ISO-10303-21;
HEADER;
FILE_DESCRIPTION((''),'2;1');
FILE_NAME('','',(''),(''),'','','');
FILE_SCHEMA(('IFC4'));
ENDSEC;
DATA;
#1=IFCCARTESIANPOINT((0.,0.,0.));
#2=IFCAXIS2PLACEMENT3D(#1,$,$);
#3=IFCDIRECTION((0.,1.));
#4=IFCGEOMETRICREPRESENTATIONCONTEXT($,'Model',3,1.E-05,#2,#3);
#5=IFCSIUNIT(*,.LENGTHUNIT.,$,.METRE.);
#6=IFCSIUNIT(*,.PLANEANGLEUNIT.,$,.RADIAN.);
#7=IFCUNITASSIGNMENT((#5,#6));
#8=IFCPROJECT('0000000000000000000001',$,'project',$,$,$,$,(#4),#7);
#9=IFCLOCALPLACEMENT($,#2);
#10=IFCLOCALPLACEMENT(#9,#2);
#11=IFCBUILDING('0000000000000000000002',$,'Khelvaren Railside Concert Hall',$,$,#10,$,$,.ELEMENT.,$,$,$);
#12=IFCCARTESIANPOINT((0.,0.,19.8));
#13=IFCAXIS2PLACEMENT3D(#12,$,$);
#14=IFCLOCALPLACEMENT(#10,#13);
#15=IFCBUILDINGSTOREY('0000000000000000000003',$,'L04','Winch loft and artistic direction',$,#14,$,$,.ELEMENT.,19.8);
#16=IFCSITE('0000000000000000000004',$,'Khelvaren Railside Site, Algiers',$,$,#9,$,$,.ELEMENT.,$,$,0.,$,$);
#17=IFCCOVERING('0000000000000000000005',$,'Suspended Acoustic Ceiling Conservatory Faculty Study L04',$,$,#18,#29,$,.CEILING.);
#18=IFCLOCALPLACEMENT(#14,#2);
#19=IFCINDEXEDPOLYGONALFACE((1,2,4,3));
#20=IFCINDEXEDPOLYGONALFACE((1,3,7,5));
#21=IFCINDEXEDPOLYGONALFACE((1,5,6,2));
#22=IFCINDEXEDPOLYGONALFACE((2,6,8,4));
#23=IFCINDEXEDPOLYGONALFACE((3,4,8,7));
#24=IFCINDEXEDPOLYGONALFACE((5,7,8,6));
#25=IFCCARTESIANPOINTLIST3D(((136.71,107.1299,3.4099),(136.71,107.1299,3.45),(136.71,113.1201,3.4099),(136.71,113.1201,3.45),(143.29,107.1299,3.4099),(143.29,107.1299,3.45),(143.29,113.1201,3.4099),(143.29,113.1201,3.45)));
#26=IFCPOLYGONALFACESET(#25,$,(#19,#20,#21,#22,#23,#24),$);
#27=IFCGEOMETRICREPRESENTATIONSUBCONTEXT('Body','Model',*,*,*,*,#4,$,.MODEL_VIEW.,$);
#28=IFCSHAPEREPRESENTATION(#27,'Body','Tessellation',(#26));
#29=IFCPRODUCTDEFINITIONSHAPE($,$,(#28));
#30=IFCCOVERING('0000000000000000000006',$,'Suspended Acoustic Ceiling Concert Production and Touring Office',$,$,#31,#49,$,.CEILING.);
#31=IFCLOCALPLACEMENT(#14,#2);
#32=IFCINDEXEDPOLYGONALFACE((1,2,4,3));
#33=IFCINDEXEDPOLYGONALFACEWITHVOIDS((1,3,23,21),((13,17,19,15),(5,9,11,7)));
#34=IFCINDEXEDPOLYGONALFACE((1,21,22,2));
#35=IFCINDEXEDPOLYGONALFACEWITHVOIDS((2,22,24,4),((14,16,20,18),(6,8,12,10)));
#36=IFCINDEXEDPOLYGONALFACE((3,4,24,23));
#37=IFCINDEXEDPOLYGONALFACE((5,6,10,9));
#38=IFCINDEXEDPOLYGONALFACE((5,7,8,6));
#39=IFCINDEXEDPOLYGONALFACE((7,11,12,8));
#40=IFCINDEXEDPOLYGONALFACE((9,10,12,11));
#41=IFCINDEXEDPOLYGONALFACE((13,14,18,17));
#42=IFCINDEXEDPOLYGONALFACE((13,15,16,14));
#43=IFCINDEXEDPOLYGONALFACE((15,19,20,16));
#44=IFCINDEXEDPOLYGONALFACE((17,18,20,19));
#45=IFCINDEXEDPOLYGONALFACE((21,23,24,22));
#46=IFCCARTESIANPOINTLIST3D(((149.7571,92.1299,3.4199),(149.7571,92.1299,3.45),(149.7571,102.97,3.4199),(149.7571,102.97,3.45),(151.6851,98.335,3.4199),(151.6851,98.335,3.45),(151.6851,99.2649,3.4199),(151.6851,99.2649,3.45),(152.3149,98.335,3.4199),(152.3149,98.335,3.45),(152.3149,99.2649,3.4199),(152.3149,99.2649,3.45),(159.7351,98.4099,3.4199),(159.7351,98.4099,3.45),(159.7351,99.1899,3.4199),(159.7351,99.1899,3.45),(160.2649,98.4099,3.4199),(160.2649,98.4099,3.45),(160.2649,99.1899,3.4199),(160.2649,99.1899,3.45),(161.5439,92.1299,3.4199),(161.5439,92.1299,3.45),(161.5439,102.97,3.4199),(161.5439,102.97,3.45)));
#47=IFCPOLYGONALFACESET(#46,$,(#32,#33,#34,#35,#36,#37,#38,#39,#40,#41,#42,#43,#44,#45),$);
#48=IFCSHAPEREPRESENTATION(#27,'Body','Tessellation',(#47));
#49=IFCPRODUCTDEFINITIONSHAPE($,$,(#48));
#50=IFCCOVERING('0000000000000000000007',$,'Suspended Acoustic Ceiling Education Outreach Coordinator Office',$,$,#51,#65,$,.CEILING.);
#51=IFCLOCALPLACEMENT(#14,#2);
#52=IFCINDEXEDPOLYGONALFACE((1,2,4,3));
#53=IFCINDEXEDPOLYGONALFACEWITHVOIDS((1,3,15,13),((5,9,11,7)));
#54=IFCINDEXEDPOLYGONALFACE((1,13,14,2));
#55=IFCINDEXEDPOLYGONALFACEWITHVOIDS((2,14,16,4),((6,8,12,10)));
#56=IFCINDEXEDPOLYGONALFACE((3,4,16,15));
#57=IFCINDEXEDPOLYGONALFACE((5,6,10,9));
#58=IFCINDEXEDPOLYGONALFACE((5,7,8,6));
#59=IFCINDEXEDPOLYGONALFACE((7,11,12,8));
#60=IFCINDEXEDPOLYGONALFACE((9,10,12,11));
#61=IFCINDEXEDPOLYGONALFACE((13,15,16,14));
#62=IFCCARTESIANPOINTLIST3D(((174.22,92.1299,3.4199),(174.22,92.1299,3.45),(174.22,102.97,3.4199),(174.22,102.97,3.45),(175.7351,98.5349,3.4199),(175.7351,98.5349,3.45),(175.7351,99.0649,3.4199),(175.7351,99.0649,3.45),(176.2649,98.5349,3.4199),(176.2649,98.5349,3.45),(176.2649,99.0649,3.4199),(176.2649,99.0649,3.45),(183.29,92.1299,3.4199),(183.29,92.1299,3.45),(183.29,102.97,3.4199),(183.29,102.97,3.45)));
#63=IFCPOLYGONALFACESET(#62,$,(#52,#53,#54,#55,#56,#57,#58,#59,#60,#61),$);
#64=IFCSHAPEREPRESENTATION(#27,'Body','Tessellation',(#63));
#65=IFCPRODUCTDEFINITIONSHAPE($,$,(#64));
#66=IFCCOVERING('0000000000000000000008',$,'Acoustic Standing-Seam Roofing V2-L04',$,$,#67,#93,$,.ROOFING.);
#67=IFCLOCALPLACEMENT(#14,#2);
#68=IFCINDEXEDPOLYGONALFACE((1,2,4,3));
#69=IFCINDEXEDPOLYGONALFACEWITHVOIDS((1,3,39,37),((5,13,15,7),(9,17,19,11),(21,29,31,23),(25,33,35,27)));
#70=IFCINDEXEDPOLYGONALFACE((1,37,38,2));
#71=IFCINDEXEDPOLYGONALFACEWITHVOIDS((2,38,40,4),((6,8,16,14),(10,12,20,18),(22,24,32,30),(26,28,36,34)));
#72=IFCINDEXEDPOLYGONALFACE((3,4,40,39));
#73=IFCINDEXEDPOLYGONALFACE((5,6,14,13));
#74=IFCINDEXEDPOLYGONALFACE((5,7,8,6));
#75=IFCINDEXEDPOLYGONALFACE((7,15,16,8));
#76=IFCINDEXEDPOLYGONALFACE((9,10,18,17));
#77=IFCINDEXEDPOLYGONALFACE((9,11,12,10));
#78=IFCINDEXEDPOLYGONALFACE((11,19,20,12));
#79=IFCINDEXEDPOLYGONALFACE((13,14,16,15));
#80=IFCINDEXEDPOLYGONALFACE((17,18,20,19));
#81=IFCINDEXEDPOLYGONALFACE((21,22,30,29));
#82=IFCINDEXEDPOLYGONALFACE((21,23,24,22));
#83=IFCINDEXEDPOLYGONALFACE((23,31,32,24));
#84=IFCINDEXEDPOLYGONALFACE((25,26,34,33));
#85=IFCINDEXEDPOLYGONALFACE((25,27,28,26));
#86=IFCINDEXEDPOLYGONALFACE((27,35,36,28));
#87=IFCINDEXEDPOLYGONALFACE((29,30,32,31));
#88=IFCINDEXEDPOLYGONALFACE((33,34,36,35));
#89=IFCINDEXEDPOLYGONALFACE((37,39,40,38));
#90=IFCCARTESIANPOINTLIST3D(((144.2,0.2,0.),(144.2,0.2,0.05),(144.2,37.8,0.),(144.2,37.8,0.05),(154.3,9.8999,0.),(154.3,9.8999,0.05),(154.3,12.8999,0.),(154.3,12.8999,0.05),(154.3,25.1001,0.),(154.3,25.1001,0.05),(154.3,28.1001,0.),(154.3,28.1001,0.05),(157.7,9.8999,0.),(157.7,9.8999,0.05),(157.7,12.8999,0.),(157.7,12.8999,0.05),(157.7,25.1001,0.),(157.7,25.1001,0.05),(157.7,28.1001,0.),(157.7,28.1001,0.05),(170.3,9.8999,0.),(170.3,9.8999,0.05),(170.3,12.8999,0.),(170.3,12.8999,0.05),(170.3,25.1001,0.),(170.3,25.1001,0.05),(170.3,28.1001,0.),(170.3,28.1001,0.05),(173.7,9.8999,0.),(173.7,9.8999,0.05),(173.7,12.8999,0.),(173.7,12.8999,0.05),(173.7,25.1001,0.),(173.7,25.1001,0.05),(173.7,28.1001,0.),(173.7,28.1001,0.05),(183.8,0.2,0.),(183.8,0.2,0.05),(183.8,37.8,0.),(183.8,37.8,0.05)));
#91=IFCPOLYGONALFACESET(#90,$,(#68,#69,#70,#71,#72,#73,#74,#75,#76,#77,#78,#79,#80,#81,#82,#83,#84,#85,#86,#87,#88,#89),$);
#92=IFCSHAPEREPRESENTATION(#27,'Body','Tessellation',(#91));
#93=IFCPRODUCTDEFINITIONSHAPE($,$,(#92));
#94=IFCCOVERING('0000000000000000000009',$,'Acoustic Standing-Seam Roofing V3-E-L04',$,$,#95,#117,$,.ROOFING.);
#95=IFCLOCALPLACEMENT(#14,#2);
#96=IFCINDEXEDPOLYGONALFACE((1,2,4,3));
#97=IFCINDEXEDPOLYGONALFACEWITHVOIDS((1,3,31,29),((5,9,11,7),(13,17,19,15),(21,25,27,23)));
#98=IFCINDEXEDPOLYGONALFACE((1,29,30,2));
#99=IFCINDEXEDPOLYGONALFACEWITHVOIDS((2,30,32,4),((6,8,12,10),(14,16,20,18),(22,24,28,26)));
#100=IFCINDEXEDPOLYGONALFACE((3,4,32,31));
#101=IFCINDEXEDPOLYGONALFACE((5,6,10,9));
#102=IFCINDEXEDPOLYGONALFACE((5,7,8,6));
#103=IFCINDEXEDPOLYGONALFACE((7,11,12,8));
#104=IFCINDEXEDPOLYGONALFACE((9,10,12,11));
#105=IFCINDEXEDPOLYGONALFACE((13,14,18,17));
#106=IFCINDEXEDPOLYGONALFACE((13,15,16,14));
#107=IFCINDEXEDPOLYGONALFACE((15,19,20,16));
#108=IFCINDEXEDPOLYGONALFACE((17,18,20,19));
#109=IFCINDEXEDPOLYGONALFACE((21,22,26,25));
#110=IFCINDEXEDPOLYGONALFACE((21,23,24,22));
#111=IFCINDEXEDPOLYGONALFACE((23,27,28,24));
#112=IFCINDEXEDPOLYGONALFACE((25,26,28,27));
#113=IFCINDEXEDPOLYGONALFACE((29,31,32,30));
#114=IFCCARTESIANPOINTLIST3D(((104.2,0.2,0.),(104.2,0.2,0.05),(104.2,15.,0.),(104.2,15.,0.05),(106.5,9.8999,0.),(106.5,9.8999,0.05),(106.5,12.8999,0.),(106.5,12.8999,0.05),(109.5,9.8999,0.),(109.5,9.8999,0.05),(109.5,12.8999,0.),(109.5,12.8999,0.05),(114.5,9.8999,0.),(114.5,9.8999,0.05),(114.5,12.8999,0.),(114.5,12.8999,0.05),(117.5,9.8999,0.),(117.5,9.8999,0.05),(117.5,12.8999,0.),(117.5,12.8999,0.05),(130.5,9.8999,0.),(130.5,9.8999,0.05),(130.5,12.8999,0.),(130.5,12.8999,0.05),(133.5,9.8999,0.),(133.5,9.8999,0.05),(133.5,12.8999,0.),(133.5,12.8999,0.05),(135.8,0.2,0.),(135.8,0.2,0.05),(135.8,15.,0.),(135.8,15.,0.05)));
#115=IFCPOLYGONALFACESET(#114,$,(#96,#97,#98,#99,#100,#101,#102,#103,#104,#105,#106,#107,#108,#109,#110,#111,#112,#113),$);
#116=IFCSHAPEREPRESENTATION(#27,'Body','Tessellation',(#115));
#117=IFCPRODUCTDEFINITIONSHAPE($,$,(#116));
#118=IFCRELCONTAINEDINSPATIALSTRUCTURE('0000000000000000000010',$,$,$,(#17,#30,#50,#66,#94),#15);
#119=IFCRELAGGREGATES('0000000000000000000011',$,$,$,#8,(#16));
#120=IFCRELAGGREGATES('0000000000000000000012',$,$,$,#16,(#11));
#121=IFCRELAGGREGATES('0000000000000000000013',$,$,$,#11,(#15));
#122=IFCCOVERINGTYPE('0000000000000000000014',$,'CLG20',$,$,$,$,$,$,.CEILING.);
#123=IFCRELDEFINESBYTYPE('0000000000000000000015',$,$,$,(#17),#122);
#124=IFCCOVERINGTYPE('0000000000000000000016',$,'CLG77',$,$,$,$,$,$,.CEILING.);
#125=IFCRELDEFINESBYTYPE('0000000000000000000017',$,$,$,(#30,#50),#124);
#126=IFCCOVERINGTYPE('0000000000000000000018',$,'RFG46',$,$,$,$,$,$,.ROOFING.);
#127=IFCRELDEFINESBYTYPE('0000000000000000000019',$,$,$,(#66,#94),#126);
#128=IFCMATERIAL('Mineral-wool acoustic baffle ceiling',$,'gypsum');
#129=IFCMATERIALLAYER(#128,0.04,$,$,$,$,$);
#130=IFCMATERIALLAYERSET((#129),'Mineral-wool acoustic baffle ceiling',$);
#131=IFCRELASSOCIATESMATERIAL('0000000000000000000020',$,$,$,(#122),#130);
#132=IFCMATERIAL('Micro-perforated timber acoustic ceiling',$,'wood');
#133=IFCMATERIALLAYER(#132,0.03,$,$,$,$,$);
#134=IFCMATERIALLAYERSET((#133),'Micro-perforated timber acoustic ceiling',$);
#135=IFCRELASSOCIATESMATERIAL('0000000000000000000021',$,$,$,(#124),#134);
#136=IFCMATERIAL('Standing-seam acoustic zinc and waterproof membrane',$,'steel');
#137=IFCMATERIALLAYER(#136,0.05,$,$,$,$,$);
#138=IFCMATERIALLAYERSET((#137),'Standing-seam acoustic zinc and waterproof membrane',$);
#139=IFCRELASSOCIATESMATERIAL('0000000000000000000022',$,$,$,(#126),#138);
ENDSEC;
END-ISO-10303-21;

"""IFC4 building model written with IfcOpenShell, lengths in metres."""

from ifc_helpers import new_model, si_unit, direction, frame, origin, place, context, subcontext, project, spatial, polyline, outline, extrude, material, layer, layer_set, type_object, element, save


model = new_model("IFC4")

# Units and contexts
model_context = context("Model", 3, precision=1e-05, world=origin(), true_north=direction((0.0, 1.0)))
body_context = subcontext(model_context, "Body", "Model", "MODEL_VIEW")
ifc_project = project(units=[si_unit("LENGTHUNIT", "METRE"), si_unit("PLANEANGLEUNIT", "RADIAN")], contexts=[model_context])

# Site, building, storey
site_placement = place(None, origin())
site = spatial("IfcSite", under=ifc_project, at=site_placement, Name="Khelvaren Railside Site, Algiers", CompositionType="ELEMENT", RefElevation=0.0)
building_placement = place(site_placement, origin())
building = spatial("IfcBuilding", under=site, at=building_placement, Name="Khelvaren Railside Concert Hall", CompositionType="ELEMENT")
storey_placement = place(building_placement, frame((0.0, 0.0, 19.8)))
storey = spatial("IfcBuildingStorey", under=building, at=storey_placement, Name="L04", Description="Winch loft and artistic direction", CompositionType="ELEMENT", Elevation=19.8)

# Coverings
ifc_material_1 = material(Name="Mineral-wool acoustic baffle ceiling", Category="gypsum")
ifc_layer_1 = layer(ifc_material_1, 0.04)
ifc_layer_set_1 = layer_set([ifc_layer_1], Name="Mineral-wool acoustic baffle ceiling")
covering_type_1 = type_object("IfcCoveringType", Name="CLG20", PredefinedType="CEILING", material=ifc_layer_set_1)
covering_1_placement = place(storey_placement, frame((0.0, 0.0, 3.4099)))
element("IfcCovering", 1, at=covering_1_placement, inside=storey, type_object=covering_type_1, Name="Suspended Acoustic Ceiling Conservatory Faculty Study L04", PredefinedType="CEILING", context=body_context, shape_type="SweptSolid", body=[
    extrude(outline(polyline([(136.71, 107.1299), (143.29, 107.1299), (143.29, 113.1201), (136.71, 113.1201), (136.71, 107.1299)])), origin(), (0.0, 0.0, 1.0), 0.04),
])
ifc_material_2 = material(Name="Micro-perforated timber acoustic ceiling", Category="wood")
ifc_layer_2 = layer(ifc_material_2, 0.03)
ifc_layer_set_2 = layer_set([ifc_layer_2], Name="Micro-perforated timber acoustic ceiling")
covering_type_2 = type_object("IfcCoveringType", Name="CLG77", PredefinedType="CEILING", material=ifc_layer_set_2)
covering_2_placement = place(storey_placement, frame((0.0, 0.0, 3.4199)))
element("IfcCovering", 2, at=covering_2_placement, inside=storey, type_object=covering_type_2, Name="Suspended Acoustic Ceiling Concert Production and Touring Office", PredefinedType="CEILING", context=body_context, shape_type="SweptSolid", body=[
    extrude(outline(polyline([(149.7571, 92.1299), (161.5439, 92.1299), (161.5439, 102.97), (149.7571, 102.97), (149.7571, 92.1299)]), holes=[polyline([(151.6851, 98.335), (152.3149, 98.335), (152.3149, 99.2649), (151.6851, 99.2649), (151.6851, 98.335)]), polyline([(159.7351, 98.4099), (160.2649, 98.4099), (160.2649, 99.1899), (159.7351, 99.1899), (159.7351, 98.4099)])]), origin(), (0.0, 0.0, 1.0), 0.03),
])
covering_3_placement = place(storey_placement, frame((0.0, 0.0, 3.4199)))
element("IfcCovering", 3, at=covering_3_placement, inside=storey, type_object=covering_type_2, Name="Suspended Acoustic Ceiling Education Outreach Coordinator Office", PredefinedType="CEILING", context=body_context, shape_type="SweptSolid", body=[
    extrude(outline(polyline([(174.22, 92.1299), (183.29, 92.1299), (183.29, 102.97), (174.22, 102.97), (174.22, 92.1299)]), holes=[polyline([(175.7351, 98.5349), (176.2649, 98.5349), (176.2649, 99.0649), (175.7351, 99.0649), (175.7351, 98.5349)])]), origin(), (0.0, 0.0, 1.0), 0.03),
])
ifc_material_3 = material(Name="Standing-seam acoustic zinc and waterproof membrane", Category="steel")
ifc_layer_3 = layer(ifc_material_3, 0.05)
ifc_layer_set_3 = layer_set([ifc_layer_3], Name="Standing-seam acoustic zinc and waterproof membrane")
covering_type_3 = type_object("IfcCoveringType", Name="RFG46", PredefinedType="ROOFING", material=ifc_layer_set_3)
covering_4_placement = place(storey_placement, origin())
element("IfcCovering", 4, at=covering_4_placement, inside=storey, type_object=covering_type_3, Name="Acoustic Standing-Seam Roofing V2-L04", PredefinedType="ROOFING", context=body_context, shape_type="SweptSolid", body=[
    extrude(outline(polyline([(144.2, 0.2), (183.8, 0.2), (183.8, 37.8), (144.2, 37.8), (144.2, 0.2)]), holes=[polyline([(154.3, 9.8999), (157.7, 9.8999), (157.7, 12.8999), (154.3, 12.8999), (154.3, 9.8999)]), polyline([(170.3, 9.8999), (173.7, 9.8999), (173.7, 12.8999), (170.3, 12.8999), (170.3, 9.8999)]), polyline([(154.3, 25.1001), (157.7, 25.1001), (157.7, 28.1001), (154.3, 28.1001), (154.3, 25.1001)]), polyline([(170.3, 25.1001), (173.7, 25.1001), (173.7, 28.1001), (170.3, 28.1001), (170.3, 25.1001)])]), origin(), (0.0, 0.0, 1.0), 0.05),
])
covering_5_placement = place(storey_placement, origin())
element("IfcCovering", 5, at=covering_5_placement, inside=storey, type_object=covering_type_3, Name="Acoustic Standing-Seam Roofing V3-E-L04", PredefinedType="ROOFING", context=body_context, shape_type="SweptSolid", body=[
    extrude(outline(polyline([(104.2, 0.2), (135.8, 0.2), (135.8, 15.0), (104.2, 15.0), (104.2, 0.2)]), holes=[polyline([(106.5, 9.8999), (109.5, 9.8999), (109.5, 12.8999), (106.5, 12.8999), (106.5, 9.8999)]), polyline([(114.5, 9.8999), (117.5, 9.8999), (117.5, 12.8999), (114.5, 12.8999), (114.5, 9.8999)]), polyline([(130.5, 9.8999), (133.5, 9.8999), (133.5, 12.8999), (130.5, 12.8999), (130.5, 9.8999)])]), origin(), (0.0, 0.0, 1.0), 0.05),
])

save(model, "model.ifc")
